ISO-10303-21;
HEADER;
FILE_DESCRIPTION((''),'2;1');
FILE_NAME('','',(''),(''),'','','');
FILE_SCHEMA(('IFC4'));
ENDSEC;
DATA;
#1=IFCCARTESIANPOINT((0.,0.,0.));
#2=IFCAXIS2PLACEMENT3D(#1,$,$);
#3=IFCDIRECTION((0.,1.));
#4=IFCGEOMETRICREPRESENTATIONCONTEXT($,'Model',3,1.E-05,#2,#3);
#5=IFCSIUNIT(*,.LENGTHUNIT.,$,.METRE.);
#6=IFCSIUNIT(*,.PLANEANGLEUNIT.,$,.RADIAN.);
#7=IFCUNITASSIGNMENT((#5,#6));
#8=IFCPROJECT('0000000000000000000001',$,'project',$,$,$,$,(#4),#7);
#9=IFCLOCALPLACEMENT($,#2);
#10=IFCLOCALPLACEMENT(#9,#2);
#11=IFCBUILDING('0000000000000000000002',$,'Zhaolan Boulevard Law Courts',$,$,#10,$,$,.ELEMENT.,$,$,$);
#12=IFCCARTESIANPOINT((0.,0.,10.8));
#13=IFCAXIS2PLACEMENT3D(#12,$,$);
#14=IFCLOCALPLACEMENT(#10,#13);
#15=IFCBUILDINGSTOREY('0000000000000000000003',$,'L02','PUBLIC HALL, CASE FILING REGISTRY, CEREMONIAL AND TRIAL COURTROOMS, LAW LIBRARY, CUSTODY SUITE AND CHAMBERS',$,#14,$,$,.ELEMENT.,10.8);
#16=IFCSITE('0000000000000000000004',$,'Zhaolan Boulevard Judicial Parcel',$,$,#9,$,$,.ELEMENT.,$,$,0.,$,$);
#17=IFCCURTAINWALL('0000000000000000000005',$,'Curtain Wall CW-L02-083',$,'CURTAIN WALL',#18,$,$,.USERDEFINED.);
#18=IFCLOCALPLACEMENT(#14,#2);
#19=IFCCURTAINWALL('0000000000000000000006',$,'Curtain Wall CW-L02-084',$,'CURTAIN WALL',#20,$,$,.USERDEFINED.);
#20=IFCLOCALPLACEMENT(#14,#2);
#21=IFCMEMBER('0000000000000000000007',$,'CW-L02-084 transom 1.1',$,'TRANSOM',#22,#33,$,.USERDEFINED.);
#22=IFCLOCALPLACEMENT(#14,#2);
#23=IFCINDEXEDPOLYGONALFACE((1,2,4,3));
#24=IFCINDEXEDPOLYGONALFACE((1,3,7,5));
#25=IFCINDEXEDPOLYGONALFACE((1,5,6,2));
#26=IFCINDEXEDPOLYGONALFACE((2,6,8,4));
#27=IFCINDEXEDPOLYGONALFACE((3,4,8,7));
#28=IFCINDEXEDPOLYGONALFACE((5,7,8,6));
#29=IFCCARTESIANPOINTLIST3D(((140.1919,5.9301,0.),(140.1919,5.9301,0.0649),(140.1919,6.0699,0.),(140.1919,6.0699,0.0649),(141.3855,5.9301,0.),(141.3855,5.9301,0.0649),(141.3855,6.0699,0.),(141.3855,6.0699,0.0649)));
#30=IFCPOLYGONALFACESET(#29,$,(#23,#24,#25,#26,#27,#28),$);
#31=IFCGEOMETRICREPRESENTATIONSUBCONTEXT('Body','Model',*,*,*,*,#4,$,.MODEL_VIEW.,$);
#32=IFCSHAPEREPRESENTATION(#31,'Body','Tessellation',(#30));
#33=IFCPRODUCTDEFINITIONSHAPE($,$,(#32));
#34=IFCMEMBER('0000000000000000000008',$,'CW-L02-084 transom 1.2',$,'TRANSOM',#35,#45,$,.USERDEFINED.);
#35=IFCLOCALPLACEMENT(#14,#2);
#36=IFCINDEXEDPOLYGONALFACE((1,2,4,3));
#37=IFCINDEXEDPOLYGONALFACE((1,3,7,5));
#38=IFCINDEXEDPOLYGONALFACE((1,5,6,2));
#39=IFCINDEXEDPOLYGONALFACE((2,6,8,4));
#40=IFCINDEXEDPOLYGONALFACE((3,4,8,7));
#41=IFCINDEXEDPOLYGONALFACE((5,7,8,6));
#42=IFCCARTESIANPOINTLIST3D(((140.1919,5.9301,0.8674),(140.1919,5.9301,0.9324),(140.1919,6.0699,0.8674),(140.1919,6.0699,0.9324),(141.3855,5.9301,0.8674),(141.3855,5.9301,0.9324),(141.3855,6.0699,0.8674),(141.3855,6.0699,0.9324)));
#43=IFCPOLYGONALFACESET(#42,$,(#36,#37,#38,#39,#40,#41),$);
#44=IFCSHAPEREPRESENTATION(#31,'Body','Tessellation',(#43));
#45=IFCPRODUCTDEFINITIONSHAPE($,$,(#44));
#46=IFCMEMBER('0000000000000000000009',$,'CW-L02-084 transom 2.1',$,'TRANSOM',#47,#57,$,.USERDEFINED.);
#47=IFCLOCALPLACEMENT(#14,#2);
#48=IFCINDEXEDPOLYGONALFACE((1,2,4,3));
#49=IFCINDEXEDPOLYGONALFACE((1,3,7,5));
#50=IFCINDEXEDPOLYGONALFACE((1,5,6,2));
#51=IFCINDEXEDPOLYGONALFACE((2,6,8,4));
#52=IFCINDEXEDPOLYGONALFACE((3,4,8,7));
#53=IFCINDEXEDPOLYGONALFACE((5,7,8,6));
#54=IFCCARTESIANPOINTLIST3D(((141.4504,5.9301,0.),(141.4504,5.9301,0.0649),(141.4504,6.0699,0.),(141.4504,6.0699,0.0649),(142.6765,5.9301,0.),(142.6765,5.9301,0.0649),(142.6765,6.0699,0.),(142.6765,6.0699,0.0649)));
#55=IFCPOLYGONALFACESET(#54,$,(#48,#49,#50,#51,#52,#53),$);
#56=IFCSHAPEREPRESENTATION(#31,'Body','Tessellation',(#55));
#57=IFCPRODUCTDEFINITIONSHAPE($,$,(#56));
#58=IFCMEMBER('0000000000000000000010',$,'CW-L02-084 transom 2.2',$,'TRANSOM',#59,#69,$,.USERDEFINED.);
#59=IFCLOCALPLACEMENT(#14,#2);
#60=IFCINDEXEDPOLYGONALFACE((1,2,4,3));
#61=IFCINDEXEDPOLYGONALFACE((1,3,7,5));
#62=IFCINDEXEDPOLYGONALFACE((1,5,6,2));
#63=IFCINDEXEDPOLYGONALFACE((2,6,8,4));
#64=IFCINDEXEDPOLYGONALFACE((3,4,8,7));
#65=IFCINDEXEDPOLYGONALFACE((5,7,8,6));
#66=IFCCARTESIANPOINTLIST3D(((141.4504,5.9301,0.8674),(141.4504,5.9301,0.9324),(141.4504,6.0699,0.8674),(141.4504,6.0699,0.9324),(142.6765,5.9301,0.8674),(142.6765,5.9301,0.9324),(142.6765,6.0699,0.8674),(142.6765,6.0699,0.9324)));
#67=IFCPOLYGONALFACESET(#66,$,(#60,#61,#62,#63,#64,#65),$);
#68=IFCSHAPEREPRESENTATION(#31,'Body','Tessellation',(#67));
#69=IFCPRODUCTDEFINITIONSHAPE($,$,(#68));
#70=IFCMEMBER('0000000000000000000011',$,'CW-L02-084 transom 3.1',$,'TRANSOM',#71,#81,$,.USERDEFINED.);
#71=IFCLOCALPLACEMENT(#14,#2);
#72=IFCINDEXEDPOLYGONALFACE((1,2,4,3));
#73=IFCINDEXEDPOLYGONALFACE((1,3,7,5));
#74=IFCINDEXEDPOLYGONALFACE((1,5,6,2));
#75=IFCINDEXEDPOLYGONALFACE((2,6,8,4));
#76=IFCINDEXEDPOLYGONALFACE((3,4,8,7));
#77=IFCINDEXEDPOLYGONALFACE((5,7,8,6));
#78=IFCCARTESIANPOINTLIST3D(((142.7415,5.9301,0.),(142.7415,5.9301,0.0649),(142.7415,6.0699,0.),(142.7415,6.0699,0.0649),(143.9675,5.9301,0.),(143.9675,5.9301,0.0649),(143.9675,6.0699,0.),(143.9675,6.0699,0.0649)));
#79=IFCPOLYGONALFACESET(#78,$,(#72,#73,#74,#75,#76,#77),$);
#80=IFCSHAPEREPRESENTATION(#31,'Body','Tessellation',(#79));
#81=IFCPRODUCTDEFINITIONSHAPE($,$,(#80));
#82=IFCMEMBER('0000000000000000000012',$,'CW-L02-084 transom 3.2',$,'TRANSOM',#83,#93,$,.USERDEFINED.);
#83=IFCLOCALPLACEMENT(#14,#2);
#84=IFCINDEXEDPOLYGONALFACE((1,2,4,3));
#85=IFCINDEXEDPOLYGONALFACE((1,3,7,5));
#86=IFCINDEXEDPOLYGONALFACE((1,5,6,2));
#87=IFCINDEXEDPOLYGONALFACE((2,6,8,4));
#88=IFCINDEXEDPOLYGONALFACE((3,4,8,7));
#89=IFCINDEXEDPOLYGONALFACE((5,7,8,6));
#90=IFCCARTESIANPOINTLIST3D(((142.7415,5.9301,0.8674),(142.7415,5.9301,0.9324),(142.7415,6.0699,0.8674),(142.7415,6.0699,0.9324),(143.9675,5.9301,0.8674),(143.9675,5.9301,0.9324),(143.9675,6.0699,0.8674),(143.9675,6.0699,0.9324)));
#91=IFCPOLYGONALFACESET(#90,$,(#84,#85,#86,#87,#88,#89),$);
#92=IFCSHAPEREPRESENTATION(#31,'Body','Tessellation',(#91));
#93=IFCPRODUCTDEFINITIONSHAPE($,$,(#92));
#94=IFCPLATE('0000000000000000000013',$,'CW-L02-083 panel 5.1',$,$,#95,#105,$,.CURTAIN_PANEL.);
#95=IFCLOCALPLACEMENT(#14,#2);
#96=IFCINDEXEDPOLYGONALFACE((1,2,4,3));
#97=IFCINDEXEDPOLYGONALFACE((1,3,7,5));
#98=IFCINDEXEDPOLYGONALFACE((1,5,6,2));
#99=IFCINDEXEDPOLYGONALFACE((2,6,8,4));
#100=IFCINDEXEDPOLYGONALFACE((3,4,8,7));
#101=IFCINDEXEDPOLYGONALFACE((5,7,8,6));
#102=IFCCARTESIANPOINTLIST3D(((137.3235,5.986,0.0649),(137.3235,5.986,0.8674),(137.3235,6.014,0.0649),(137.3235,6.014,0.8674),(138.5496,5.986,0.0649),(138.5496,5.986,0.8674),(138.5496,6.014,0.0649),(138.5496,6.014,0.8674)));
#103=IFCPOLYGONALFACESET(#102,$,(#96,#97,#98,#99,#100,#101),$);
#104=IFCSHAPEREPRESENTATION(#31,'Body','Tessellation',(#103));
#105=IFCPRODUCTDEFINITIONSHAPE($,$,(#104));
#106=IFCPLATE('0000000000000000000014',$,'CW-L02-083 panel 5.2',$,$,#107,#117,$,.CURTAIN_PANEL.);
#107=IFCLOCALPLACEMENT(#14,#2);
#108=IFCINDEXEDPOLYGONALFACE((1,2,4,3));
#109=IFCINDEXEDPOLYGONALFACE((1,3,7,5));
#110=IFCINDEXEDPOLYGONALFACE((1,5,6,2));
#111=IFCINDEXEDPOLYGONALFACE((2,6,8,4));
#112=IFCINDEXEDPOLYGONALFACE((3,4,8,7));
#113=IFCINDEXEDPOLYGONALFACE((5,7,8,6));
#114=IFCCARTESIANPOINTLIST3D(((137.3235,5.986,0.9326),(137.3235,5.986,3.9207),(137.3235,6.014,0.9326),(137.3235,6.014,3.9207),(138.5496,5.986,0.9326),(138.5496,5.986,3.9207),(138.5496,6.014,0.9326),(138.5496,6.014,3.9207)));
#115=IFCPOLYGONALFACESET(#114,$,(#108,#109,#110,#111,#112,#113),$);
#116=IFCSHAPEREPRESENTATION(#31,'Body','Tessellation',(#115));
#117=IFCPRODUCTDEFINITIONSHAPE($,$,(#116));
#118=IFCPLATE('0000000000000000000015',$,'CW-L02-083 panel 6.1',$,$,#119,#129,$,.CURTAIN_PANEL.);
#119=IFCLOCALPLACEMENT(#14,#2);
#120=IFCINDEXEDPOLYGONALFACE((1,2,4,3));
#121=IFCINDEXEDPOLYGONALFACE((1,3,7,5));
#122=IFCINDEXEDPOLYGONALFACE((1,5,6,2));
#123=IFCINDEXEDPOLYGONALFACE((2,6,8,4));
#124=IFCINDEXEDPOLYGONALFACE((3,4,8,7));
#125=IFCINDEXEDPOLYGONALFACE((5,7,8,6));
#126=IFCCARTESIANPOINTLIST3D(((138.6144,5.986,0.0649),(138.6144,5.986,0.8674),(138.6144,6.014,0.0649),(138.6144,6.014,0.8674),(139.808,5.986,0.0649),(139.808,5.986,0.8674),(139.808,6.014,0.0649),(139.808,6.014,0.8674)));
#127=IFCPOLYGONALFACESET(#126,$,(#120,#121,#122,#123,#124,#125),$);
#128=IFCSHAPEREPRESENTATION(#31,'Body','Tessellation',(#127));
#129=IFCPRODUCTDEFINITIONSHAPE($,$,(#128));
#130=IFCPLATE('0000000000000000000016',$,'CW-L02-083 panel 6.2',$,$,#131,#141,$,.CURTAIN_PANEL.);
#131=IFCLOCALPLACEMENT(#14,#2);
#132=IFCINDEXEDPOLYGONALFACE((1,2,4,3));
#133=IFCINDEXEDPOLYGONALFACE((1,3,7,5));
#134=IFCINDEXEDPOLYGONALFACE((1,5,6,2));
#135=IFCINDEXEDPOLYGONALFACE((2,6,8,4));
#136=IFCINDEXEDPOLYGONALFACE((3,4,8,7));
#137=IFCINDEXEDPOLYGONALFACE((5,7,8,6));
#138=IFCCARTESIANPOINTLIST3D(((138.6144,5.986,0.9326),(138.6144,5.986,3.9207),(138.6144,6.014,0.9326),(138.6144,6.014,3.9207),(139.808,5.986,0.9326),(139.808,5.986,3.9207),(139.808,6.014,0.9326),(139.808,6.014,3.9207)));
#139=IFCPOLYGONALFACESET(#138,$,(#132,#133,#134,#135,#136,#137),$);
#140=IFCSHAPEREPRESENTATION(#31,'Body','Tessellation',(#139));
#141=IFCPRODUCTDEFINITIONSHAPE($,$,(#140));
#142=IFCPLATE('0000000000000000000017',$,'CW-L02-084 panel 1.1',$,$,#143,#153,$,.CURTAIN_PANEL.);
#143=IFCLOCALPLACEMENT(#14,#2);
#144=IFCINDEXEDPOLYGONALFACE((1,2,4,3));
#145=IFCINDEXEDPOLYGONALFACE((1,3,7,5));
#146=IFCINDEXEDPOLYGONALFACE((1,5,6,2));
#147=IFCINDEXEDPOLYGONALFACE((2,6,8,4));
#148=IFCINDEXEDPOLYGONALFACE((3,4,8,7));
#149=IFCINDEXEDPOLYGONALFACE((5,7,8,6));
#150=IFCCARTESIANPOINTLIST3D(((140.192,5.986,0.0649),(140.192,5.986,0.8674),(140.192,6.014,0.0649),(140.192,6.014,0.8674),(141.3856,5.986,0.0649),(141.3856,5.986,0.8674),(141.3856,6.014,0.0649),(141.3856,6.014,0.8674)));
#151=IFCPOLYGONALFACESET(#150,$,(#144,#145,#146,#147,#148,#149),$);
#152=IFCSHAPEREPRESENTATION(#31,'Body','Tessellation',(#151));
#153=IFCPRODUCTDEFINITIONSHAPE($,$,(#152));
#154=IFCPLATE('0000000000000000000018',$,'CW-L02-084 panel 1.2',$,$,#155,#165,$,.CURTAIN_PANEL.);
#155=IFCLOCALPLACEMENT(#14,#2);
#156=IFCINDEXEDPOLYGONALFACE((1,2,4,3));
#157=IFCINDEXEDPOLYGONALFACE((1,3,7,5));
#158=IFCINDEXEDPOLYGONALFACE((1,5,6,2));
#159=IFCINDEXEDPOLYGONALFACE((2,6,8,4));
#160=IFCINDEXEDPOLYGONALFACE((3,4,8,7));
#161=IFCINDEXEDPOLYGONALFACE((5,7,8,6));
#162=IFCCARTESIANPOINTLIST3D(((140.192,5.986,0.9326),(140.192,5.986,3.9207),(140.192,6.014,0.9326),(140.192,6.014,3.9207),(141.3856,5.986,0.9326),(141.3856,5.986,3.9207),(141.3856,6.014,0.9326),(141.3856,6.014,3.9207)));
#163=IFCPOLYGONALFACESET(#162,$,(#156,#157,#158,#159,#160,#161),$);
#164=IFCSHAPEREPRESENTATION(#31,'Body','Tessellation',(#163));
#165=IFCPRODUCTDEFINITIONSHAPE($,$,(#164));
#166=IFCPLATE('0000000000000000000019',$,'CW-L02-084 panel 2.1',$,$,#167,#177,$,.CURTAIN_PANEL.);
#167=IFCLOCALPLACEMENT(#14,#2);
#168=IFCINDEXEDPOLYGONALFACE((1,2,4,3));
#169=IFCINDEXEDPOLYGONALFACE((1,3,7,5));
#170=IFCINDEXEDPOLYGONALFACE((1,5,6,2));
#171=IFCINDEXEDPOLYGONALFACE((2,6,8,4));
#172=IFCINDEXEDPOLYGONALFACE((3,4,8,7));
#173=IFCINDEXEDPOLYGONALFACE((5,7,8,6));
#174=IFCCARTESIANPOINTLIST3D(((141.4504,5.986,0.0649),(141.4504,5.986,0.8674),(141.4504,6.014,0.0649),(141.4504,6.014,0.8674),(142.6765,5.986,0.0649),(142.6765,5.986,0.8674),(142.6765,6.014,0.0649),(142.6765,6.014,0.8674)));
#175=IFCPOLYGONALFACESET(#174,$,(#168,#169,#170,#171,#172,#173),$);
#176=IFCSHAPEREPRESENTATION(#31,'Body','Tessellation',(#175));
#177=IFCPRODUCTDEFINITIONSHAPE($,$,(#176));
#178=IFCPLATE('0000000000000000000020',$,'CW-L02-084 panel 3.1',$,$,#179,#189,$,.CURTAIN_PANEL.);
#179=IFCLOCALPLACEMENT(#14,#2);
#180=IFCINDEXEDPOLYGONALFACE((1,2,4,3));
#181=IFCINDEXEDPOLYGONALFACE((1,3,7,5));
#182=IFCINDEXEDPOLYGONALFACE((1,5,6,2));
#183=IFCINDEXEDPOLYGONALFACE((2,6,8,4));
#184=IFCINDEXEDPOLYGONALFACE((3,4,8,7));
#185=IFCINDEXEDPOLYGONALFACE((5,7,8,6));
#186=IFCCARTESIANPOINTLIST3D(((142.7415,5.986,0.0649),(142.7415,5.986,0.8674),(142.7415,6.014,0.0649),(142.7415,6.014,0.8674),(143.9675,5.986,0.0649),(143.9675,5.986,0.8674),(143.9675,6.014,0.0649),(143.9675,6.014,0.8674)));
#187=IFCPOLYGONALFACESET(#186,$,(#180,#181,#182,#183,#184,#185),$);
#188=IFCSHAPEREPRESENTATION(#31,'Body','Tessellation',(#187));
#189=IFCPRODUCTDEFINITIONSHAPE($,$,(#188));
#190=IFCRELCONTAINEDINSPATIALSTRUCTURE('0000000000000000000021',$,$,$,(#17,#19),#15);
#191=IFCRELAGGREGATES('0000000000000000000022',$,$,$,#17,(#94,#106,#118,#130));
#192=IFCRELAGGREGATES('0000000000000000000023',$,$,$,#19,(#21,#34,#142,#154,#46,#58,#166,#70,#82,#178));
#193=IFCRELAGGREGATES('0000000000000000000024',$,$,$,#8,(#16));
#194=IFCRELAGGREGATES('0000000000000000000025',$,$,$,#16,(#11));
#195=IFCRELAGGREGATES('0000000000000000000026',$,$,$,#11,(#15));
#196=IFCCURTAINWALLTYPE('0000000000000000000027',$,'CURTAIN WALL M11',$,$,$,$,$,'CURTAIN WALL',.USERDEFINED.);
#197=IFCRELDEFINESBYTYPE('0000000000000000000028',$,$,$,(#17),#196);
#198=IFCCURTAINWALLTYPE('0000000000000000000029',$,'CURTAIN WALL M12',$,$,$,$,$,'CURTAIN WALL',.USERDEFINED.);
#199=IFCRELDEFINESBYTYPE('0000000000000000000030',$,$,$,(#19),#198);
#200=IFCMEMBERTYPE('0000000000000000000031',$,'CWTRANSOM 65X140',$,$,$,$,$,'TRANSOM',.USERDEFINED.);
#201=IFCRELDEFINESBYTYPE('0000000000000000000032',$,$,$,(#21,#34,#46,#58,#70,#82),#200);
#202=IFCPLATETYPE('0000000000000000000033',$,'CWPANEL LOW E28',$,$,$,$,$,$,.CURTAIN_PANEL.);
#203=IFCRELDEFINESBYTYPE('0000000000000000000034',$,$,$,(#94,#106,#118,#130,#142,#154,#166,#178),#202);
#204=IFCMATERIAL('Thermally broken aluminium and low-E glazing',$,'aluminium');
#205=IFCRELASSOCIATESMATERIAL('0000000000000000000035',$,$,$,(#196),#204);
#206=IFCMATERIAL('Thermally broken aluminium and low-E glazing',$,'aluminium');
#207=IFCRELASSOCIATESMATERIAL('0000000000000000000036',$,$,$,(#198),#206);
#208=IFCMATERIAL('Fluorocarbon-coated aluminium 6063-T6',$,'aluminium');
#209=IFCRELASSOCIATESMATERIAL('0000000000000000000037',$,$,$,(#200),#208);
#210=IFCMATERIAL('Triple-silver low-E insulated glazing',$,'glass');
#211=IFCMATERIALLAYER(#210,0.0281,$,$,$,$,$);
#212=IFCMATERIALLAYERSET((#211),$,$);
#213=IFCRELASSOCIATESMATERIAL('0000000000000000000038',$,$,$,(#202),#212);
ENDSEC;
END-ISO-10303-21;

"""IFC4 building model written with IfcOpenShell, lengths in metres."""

from ifc_helpers import new_model, si_unit, direction, frame, origin, origin_2d, place, context, subcontext, project, spatial, rectangle, extrude, material, layer, layer_set, material_profile, profile_set, type_object, element, aggregate, save


model = new_model("IFC4")

# Units and contexts
model_context = context("Model", 3, precision=1e-05, world=origin(), true_north=direction((0.0, 1.0)))
body_context = subcontext(model_context, "Body", "Model", "MODEL_VIEW")
ifc_project = project(units=[si_unit("LENGTHUNIT", "METRE"), si_unit("PLANEANGLEUNIT", "RADIAN")], contexts=[model_context])

# Site, building, storey
site_placement = place(None, origin())
site = spatial("IfcSite", under=ifc_project, at=site_placement, Name="Zhaolan Boulevard Judicial Parcel", CompositionType="ELEMENT", RefElevation=0.0)
building_placement = place(site_placement, origin())
building = spatial("IfcBuilding", under=site, at=building_placement, Name="Zhaolan Boulevard Law Courts", CompositionType="ELEMENT")
storey_placement = place(building_placement, frame((0.0, 0.0, 10.8)))
storey = spatial("IfcBuildingStorey", under=building, at=storey_placement, Name="L02", Description="PUBLIC HALL, CASE FILING REGISTRY, CEREMONIAL AND TRIAL COURTROOMS, LAW LIBRARY, CUSTODY SUITE AND CHAMBERS", CompositionType="ELEMENT", Elevation=10.8)

# Curtain walls
ifc_material_1 = material(Name="Thermally broken aluminium and low-E glazing", Category="aluminium")
curtain_wall_type_1 = type_object("IfcCurtainWallType", Name="CURTAIN WALL M11", ElementType="CURTAIN WALL", PredefinedType="USERDEFINED", material=ifc_material_1)
curtain_wall_1_placement = place(storey_placement, origin())
curtain_wall_1 = element("IfcCurtainWall", 1, at=curtain_wall_1_placement, inside=storey, type_object=curtain_wall_type_1, Name="Curtain Wall CW-L02-083", ObjectType="CURTAIN WALL", PredefinedType="USERDEFINED")
ifc_material_2 = material(Name="Thermally broken aluminium and low-E glazing", Category="aluminium")
curtain_wall_type_2 = type_object("IfcCurtainWallType", Name="CURTAIN WALL M12", ElementType="CURTAIN WALL", PredefinedType="USERDEFINED", material=ifc_material_2)
curtain_wall_2_placement = place(storey_placement, origin())
curtain_wall_2 = element("IfcCurtainWall", 2, at=curtain_wall_2_placement, inside=storey, type_object=curtain_wall_type_2, Name="Curtain Wall CW-L02-084", ObjectType="CURTAIN WALL", PredefinedType="USERDEFINED")

# Members
ifc_material_3 = material(Name="Fluorocarbon-coated aluminium 6063-T6", Category="aluminium")
ifc_material_profile_1 = material_profile(ifc_material_3, rectangle(XDim=0.1399, YDim=0.0649, at=origin_2d()), Name="AL65x140")
ifc_profile_set_1 = profile_set([ifc_material_profile_1], Name="Fluorocarbon-coated aluminium 6063-T6")
member_type_1 = type_object("IfcMemberType", Name="CWTRANSOM 65X140", ElementType="TRANSOM", PredefinedType="USERDEFINED", material=ifc_profile_set_1)
member_1_placement = place(storey_placement, frame((140.1919, 6.0, 0.0325), z_axis=(1.0, 0.0, 0.0), x_axis=(0.0, 1.0, 0.0)))
member_1 = element("IfcMember", 3, at=member_1_placement, type_object=member_type_1, Name="CW-L02-084 transom 1.1", ObjectType="TRANSOM", PredefinedType="USERDEFINED", context=body_context, shape_type="SweptSolid", body=[
    extrude(rectangle(XDim=0.1399, YDim=0.0649, at=origin_2d()), origin(), (0.0, 0.0, 1.0), 1.1936),
])
member_2_placement = place(storey_placement, frame((140.1919, 6.0, 0.8999), z_axis=(1.0, 0.0, 0.0), x_axis=(0.0, 1.0, 0.0)))
member_2 = element("IfcMember", 4, at=member_2_placement, type_object=member_type_1, Name="CW-L02-084 transom 1.2", ObjectType="TRANSOM", PredefinedType="USERDEFINED", context=body_context, shape_type="SweptSolid", body=[
    extrude(rectangle(XDim=0.1399, YDim=0.0649, at=origin_2d()), origin(), (0.0, 0.0, 1.0), 1.1936),
])
member_3_placement = place(storey_placement, frame((141.4504, 6.0, 0.0325), z_axis=(1.0, 0.0, 0.0), x_axis=(0.0, 1.0, 0.0)))
member_3 = element("IfcMember", 5, at=member_3_placement, type_object=member_type_1, Name="CW-L02-084 transom 2.1", ObjectType="TRANSOM", PredefinedType="USERDEFINED", context=body_context, shape_type="SweptSolid", body=[
    extrude(rectangle(XDim=0.1399, YDim=0.0649, at=origin_2d()), origin(), (0.0, 0.0, 1.0), 1.2261),
])
member_4_placement = place(storey_placement, frame((141.4504, 6.0, 0.8999), z_axis=(1.0, 0.0, 0.0), x_axis=(0.0, 1.0, 0.0)))
member_4 = element("IfcMember", 6, at=member_4_placement, type_object=member_type_1, Name="CW-L02-084 transom 2.2", ObjectType="TRANSOM", PredefinedType="USERDEFINED", context=body_context, shape_type="SweptSolid", body=[
    extrude(rectangle(XDim=0.1399, YDim=0.0649, at=origin_2d()), origin(), (0.0, 0.0, 1.0), 1.2261),
])
member_5_placement = place(storey_placement, frame((142.7415, 6.0, 0.0325), z_axis=(1.0, 0.0, 0.0), x_axis=(0.0, 1.0, 0.0)))
member_5 = element("IfcMember", 7, at=member_5_placement, type_object=member_type_1, Name="CW-L02-084 transom 3.1", ObjectType="TRANSOM", PredefinedType="USERDEFINED", context=body_context, shape_type="SweptSolid", body=[
    extrude(rectangle(XDim=0.1399, YDim=0.0649, at=origin_2d()), origin(), (0.0, 0.0, 1.0), 1.2261),
])
member_6_placement = place(storey_placement, frame((142.7415, 6.0, 0.8999), z_axis=(1.0, 0.0, 0.0), x_axis=(0.0, 1.0, 0.0)))
member_6 = element("IfcMember", 8, at=member_6_placement, type_object=member_type_1, Name="CW-L02-084 transom 3.2", ObjectType="TRANSOM", PredefinedType="USERDEFINED", context=body_context, shape_type="SweptSolid", body=[
    extrude(rectangle(XDim=0.1399, YDim=0.0649, at=origin_2d()), origin(), (0.0, 0.0, 1.0), 1.2261),
])

# Plates
ifc_material_4 = material(Name="Triple-silver low-E insulated glazing", Category="glass")
ifc_layer = layer(ifc_material_4, 0.0281)
ifc_layer_set = layer_set([ifc_layer])
plate_type = type_object("IfcPlateType", Name="CWPANEL LOW E28", PredefinedType="CURTAIN_PANEL", material=ifc_layer_set)
plate_1_placement = place(storey_placement, frame((137.9365, 6.0, 0.0649), z_axis=(0.0, 0.0, 1.0), x_axis=(1.0, 0.0, 0.0)))
plate_1 = element("IfcPlate", 9, at=plate_1_placement, type_object=plate_type, Name="CW-L02-083 panel 5.1", PredefinedType="CURTAIN_PANEL", context=body_context, shape_type="SweptSolid", body=[
    extrude(rectangle(XDim=1.2261, YDim=0.0281, at=origin_2d()), origin(), (0.0, 0.0, 1.0), 0.8025),
])
plate_2_placement = place(storey_placement, frame((137.9365, 6.0, 0.9326), z_axis=(0.0, 0.0, 1.0), x_axis=(1.0, 0.0, 0.0)))
plate_2 = element("IfcPlate", 10, at=plate_2_placement, type_object=plate_type, Name="CW-L02-083 panel 5.2", PredefinedType="CURTAIN_PANEL", context=body_context, shape_type="SweptSolid", body=[
    extrude(rectangle(XDim=1.2261, YDim=0.0281, at=origin_2d()), origin(), (0.0, 0.0, 1.0), 2.988),
])
plate_3_placement = place(storey_placement, frame((139.2112, 6.0, 0.0649), z_axis=(0.0, 0.0, 1.0), x_axis=(1.0, 0.0, 0.0)))
plate_3 = element("IfcPlate", 11, at=plate_3_placement, type_object=plate_type, Name="CW-L02-083 panel 6.1", PredefinedType="CURTAIN_PANEL", context=body_context, shape_type="SweptSolid", body=[
    extrude(rectangle(XDim=1.1936, YDim=0.0281, at=origin_2d()), origin(), (0.0, 0.0, 1.0), 0.8025),
])
plate_4_placement = place(storey_placement, frame((139.2112, 6.0, 0.9326), z_axis=(0.0, 0.0, 1.0), x_axis=(1.0, 0.0, 0.0)))
plate_4 = element("IfcPlate", 12, at=plate_4_placement, type_object=plate_type, Name="CW-L02-083 panel 6.2", PredefinedType="CURTAIN_PANEL", context=body_context, shape_type="SweptSolid", body=[
    extrude(rectangle(XDim=1.1936, YDim=0.0281, at=origin_2d()), origin(), (0.0, 0.0, 1.0), 2.988),
])
aggregate(curtain_wall_1, [plate_1, plate_2, plate_3, plate_4])
plate_5_placement = place(storey_placement, frame((140.7888, 6.0, 0.0649), z_axis=(0.0, 0.0, 1.0), x_axis=(1.0, 0.0, 0.0)))
plate_5 = element("IfcPlate", 13, at=plate_5_placement, type_object=plate_type, Name="CW-L02-084 panel 1.1", PredefinedType="CURTAIN_PANEL", context=body_context, shape_type="SweptSolid", body=[
    extrude(rectangle(XDim=1.1936, YDim=0.0281, at=origin_2d()), origin(), (0.0, 0.0, 1.0), 0.8025),
])
plate_6_placement = place(storey_placement, frame((140.7888, 6.0, 0.9326), z_axis=(0.0, 0.0, 1.0), x_axis=(1.0, 0.0, 0.0)))
plate_6 = element("IfcPlate", 14, at=plate_6_placement, type_object=plate_type, Name="CW-L02-084 panel 1.2", PredefinedType="CURTAIN_PANEL", context=body_context, shape_type="SweptSolid", body=[
    extrude(rectangle(XDim=1.1936, YDim=0.0281, at=origin_2d()), origin(), (0.0, 0.0, 1.0), 2.988),
])
plate_7_placement = place(storey_placement, frame((142.0635, 6.0, 0.0649), z_axis=(0.0, 0.0, 1.0), x_axis=(1.0, 0.0, 0.0)))
plate_7 = element("IfcPlate", 15, at=plate_7_placement, type_object=plate_type, Name="CW-L02-084 panel 2.1", PredefinedType="CURTAIN_PANEL", context=body_context, shape_type="SweptSolid", body=[
    extrude(rectangle(XDim=1.2261, YDim=0.0281, at=origin_2d()), origin(), (0.0, 0.0, 1.0), 0.8025),
])
plate_8_placement = place(storey_placement, frame((143.3545, 6.0, 0.0649), z_axis=(0.0, 0.0, 1.0), x_axis=(1.0, 0.0, 0.0)))
plate_8 = element("IfcPlate", 16, at=plate_8_placement, type_object=plate_type, Name="CW-L02-084 panel 3.1", PredefinedType="CURTAIN_PANEL", context=body_context, shape_type="SweptSolid", body=[
    extrude(rectangle(XDim=1.2261, YDim=0.0281, at=origin_2d()), origin(), (0.0, 0.0, 1.0), 0.8025),
])
aggregate(curtain_wall_2, [member_1, member_2, plate_5, plate_6, member_3, member_4, plate_7, member_5, member_6, plate_8])

save(model, "model.ifc")
